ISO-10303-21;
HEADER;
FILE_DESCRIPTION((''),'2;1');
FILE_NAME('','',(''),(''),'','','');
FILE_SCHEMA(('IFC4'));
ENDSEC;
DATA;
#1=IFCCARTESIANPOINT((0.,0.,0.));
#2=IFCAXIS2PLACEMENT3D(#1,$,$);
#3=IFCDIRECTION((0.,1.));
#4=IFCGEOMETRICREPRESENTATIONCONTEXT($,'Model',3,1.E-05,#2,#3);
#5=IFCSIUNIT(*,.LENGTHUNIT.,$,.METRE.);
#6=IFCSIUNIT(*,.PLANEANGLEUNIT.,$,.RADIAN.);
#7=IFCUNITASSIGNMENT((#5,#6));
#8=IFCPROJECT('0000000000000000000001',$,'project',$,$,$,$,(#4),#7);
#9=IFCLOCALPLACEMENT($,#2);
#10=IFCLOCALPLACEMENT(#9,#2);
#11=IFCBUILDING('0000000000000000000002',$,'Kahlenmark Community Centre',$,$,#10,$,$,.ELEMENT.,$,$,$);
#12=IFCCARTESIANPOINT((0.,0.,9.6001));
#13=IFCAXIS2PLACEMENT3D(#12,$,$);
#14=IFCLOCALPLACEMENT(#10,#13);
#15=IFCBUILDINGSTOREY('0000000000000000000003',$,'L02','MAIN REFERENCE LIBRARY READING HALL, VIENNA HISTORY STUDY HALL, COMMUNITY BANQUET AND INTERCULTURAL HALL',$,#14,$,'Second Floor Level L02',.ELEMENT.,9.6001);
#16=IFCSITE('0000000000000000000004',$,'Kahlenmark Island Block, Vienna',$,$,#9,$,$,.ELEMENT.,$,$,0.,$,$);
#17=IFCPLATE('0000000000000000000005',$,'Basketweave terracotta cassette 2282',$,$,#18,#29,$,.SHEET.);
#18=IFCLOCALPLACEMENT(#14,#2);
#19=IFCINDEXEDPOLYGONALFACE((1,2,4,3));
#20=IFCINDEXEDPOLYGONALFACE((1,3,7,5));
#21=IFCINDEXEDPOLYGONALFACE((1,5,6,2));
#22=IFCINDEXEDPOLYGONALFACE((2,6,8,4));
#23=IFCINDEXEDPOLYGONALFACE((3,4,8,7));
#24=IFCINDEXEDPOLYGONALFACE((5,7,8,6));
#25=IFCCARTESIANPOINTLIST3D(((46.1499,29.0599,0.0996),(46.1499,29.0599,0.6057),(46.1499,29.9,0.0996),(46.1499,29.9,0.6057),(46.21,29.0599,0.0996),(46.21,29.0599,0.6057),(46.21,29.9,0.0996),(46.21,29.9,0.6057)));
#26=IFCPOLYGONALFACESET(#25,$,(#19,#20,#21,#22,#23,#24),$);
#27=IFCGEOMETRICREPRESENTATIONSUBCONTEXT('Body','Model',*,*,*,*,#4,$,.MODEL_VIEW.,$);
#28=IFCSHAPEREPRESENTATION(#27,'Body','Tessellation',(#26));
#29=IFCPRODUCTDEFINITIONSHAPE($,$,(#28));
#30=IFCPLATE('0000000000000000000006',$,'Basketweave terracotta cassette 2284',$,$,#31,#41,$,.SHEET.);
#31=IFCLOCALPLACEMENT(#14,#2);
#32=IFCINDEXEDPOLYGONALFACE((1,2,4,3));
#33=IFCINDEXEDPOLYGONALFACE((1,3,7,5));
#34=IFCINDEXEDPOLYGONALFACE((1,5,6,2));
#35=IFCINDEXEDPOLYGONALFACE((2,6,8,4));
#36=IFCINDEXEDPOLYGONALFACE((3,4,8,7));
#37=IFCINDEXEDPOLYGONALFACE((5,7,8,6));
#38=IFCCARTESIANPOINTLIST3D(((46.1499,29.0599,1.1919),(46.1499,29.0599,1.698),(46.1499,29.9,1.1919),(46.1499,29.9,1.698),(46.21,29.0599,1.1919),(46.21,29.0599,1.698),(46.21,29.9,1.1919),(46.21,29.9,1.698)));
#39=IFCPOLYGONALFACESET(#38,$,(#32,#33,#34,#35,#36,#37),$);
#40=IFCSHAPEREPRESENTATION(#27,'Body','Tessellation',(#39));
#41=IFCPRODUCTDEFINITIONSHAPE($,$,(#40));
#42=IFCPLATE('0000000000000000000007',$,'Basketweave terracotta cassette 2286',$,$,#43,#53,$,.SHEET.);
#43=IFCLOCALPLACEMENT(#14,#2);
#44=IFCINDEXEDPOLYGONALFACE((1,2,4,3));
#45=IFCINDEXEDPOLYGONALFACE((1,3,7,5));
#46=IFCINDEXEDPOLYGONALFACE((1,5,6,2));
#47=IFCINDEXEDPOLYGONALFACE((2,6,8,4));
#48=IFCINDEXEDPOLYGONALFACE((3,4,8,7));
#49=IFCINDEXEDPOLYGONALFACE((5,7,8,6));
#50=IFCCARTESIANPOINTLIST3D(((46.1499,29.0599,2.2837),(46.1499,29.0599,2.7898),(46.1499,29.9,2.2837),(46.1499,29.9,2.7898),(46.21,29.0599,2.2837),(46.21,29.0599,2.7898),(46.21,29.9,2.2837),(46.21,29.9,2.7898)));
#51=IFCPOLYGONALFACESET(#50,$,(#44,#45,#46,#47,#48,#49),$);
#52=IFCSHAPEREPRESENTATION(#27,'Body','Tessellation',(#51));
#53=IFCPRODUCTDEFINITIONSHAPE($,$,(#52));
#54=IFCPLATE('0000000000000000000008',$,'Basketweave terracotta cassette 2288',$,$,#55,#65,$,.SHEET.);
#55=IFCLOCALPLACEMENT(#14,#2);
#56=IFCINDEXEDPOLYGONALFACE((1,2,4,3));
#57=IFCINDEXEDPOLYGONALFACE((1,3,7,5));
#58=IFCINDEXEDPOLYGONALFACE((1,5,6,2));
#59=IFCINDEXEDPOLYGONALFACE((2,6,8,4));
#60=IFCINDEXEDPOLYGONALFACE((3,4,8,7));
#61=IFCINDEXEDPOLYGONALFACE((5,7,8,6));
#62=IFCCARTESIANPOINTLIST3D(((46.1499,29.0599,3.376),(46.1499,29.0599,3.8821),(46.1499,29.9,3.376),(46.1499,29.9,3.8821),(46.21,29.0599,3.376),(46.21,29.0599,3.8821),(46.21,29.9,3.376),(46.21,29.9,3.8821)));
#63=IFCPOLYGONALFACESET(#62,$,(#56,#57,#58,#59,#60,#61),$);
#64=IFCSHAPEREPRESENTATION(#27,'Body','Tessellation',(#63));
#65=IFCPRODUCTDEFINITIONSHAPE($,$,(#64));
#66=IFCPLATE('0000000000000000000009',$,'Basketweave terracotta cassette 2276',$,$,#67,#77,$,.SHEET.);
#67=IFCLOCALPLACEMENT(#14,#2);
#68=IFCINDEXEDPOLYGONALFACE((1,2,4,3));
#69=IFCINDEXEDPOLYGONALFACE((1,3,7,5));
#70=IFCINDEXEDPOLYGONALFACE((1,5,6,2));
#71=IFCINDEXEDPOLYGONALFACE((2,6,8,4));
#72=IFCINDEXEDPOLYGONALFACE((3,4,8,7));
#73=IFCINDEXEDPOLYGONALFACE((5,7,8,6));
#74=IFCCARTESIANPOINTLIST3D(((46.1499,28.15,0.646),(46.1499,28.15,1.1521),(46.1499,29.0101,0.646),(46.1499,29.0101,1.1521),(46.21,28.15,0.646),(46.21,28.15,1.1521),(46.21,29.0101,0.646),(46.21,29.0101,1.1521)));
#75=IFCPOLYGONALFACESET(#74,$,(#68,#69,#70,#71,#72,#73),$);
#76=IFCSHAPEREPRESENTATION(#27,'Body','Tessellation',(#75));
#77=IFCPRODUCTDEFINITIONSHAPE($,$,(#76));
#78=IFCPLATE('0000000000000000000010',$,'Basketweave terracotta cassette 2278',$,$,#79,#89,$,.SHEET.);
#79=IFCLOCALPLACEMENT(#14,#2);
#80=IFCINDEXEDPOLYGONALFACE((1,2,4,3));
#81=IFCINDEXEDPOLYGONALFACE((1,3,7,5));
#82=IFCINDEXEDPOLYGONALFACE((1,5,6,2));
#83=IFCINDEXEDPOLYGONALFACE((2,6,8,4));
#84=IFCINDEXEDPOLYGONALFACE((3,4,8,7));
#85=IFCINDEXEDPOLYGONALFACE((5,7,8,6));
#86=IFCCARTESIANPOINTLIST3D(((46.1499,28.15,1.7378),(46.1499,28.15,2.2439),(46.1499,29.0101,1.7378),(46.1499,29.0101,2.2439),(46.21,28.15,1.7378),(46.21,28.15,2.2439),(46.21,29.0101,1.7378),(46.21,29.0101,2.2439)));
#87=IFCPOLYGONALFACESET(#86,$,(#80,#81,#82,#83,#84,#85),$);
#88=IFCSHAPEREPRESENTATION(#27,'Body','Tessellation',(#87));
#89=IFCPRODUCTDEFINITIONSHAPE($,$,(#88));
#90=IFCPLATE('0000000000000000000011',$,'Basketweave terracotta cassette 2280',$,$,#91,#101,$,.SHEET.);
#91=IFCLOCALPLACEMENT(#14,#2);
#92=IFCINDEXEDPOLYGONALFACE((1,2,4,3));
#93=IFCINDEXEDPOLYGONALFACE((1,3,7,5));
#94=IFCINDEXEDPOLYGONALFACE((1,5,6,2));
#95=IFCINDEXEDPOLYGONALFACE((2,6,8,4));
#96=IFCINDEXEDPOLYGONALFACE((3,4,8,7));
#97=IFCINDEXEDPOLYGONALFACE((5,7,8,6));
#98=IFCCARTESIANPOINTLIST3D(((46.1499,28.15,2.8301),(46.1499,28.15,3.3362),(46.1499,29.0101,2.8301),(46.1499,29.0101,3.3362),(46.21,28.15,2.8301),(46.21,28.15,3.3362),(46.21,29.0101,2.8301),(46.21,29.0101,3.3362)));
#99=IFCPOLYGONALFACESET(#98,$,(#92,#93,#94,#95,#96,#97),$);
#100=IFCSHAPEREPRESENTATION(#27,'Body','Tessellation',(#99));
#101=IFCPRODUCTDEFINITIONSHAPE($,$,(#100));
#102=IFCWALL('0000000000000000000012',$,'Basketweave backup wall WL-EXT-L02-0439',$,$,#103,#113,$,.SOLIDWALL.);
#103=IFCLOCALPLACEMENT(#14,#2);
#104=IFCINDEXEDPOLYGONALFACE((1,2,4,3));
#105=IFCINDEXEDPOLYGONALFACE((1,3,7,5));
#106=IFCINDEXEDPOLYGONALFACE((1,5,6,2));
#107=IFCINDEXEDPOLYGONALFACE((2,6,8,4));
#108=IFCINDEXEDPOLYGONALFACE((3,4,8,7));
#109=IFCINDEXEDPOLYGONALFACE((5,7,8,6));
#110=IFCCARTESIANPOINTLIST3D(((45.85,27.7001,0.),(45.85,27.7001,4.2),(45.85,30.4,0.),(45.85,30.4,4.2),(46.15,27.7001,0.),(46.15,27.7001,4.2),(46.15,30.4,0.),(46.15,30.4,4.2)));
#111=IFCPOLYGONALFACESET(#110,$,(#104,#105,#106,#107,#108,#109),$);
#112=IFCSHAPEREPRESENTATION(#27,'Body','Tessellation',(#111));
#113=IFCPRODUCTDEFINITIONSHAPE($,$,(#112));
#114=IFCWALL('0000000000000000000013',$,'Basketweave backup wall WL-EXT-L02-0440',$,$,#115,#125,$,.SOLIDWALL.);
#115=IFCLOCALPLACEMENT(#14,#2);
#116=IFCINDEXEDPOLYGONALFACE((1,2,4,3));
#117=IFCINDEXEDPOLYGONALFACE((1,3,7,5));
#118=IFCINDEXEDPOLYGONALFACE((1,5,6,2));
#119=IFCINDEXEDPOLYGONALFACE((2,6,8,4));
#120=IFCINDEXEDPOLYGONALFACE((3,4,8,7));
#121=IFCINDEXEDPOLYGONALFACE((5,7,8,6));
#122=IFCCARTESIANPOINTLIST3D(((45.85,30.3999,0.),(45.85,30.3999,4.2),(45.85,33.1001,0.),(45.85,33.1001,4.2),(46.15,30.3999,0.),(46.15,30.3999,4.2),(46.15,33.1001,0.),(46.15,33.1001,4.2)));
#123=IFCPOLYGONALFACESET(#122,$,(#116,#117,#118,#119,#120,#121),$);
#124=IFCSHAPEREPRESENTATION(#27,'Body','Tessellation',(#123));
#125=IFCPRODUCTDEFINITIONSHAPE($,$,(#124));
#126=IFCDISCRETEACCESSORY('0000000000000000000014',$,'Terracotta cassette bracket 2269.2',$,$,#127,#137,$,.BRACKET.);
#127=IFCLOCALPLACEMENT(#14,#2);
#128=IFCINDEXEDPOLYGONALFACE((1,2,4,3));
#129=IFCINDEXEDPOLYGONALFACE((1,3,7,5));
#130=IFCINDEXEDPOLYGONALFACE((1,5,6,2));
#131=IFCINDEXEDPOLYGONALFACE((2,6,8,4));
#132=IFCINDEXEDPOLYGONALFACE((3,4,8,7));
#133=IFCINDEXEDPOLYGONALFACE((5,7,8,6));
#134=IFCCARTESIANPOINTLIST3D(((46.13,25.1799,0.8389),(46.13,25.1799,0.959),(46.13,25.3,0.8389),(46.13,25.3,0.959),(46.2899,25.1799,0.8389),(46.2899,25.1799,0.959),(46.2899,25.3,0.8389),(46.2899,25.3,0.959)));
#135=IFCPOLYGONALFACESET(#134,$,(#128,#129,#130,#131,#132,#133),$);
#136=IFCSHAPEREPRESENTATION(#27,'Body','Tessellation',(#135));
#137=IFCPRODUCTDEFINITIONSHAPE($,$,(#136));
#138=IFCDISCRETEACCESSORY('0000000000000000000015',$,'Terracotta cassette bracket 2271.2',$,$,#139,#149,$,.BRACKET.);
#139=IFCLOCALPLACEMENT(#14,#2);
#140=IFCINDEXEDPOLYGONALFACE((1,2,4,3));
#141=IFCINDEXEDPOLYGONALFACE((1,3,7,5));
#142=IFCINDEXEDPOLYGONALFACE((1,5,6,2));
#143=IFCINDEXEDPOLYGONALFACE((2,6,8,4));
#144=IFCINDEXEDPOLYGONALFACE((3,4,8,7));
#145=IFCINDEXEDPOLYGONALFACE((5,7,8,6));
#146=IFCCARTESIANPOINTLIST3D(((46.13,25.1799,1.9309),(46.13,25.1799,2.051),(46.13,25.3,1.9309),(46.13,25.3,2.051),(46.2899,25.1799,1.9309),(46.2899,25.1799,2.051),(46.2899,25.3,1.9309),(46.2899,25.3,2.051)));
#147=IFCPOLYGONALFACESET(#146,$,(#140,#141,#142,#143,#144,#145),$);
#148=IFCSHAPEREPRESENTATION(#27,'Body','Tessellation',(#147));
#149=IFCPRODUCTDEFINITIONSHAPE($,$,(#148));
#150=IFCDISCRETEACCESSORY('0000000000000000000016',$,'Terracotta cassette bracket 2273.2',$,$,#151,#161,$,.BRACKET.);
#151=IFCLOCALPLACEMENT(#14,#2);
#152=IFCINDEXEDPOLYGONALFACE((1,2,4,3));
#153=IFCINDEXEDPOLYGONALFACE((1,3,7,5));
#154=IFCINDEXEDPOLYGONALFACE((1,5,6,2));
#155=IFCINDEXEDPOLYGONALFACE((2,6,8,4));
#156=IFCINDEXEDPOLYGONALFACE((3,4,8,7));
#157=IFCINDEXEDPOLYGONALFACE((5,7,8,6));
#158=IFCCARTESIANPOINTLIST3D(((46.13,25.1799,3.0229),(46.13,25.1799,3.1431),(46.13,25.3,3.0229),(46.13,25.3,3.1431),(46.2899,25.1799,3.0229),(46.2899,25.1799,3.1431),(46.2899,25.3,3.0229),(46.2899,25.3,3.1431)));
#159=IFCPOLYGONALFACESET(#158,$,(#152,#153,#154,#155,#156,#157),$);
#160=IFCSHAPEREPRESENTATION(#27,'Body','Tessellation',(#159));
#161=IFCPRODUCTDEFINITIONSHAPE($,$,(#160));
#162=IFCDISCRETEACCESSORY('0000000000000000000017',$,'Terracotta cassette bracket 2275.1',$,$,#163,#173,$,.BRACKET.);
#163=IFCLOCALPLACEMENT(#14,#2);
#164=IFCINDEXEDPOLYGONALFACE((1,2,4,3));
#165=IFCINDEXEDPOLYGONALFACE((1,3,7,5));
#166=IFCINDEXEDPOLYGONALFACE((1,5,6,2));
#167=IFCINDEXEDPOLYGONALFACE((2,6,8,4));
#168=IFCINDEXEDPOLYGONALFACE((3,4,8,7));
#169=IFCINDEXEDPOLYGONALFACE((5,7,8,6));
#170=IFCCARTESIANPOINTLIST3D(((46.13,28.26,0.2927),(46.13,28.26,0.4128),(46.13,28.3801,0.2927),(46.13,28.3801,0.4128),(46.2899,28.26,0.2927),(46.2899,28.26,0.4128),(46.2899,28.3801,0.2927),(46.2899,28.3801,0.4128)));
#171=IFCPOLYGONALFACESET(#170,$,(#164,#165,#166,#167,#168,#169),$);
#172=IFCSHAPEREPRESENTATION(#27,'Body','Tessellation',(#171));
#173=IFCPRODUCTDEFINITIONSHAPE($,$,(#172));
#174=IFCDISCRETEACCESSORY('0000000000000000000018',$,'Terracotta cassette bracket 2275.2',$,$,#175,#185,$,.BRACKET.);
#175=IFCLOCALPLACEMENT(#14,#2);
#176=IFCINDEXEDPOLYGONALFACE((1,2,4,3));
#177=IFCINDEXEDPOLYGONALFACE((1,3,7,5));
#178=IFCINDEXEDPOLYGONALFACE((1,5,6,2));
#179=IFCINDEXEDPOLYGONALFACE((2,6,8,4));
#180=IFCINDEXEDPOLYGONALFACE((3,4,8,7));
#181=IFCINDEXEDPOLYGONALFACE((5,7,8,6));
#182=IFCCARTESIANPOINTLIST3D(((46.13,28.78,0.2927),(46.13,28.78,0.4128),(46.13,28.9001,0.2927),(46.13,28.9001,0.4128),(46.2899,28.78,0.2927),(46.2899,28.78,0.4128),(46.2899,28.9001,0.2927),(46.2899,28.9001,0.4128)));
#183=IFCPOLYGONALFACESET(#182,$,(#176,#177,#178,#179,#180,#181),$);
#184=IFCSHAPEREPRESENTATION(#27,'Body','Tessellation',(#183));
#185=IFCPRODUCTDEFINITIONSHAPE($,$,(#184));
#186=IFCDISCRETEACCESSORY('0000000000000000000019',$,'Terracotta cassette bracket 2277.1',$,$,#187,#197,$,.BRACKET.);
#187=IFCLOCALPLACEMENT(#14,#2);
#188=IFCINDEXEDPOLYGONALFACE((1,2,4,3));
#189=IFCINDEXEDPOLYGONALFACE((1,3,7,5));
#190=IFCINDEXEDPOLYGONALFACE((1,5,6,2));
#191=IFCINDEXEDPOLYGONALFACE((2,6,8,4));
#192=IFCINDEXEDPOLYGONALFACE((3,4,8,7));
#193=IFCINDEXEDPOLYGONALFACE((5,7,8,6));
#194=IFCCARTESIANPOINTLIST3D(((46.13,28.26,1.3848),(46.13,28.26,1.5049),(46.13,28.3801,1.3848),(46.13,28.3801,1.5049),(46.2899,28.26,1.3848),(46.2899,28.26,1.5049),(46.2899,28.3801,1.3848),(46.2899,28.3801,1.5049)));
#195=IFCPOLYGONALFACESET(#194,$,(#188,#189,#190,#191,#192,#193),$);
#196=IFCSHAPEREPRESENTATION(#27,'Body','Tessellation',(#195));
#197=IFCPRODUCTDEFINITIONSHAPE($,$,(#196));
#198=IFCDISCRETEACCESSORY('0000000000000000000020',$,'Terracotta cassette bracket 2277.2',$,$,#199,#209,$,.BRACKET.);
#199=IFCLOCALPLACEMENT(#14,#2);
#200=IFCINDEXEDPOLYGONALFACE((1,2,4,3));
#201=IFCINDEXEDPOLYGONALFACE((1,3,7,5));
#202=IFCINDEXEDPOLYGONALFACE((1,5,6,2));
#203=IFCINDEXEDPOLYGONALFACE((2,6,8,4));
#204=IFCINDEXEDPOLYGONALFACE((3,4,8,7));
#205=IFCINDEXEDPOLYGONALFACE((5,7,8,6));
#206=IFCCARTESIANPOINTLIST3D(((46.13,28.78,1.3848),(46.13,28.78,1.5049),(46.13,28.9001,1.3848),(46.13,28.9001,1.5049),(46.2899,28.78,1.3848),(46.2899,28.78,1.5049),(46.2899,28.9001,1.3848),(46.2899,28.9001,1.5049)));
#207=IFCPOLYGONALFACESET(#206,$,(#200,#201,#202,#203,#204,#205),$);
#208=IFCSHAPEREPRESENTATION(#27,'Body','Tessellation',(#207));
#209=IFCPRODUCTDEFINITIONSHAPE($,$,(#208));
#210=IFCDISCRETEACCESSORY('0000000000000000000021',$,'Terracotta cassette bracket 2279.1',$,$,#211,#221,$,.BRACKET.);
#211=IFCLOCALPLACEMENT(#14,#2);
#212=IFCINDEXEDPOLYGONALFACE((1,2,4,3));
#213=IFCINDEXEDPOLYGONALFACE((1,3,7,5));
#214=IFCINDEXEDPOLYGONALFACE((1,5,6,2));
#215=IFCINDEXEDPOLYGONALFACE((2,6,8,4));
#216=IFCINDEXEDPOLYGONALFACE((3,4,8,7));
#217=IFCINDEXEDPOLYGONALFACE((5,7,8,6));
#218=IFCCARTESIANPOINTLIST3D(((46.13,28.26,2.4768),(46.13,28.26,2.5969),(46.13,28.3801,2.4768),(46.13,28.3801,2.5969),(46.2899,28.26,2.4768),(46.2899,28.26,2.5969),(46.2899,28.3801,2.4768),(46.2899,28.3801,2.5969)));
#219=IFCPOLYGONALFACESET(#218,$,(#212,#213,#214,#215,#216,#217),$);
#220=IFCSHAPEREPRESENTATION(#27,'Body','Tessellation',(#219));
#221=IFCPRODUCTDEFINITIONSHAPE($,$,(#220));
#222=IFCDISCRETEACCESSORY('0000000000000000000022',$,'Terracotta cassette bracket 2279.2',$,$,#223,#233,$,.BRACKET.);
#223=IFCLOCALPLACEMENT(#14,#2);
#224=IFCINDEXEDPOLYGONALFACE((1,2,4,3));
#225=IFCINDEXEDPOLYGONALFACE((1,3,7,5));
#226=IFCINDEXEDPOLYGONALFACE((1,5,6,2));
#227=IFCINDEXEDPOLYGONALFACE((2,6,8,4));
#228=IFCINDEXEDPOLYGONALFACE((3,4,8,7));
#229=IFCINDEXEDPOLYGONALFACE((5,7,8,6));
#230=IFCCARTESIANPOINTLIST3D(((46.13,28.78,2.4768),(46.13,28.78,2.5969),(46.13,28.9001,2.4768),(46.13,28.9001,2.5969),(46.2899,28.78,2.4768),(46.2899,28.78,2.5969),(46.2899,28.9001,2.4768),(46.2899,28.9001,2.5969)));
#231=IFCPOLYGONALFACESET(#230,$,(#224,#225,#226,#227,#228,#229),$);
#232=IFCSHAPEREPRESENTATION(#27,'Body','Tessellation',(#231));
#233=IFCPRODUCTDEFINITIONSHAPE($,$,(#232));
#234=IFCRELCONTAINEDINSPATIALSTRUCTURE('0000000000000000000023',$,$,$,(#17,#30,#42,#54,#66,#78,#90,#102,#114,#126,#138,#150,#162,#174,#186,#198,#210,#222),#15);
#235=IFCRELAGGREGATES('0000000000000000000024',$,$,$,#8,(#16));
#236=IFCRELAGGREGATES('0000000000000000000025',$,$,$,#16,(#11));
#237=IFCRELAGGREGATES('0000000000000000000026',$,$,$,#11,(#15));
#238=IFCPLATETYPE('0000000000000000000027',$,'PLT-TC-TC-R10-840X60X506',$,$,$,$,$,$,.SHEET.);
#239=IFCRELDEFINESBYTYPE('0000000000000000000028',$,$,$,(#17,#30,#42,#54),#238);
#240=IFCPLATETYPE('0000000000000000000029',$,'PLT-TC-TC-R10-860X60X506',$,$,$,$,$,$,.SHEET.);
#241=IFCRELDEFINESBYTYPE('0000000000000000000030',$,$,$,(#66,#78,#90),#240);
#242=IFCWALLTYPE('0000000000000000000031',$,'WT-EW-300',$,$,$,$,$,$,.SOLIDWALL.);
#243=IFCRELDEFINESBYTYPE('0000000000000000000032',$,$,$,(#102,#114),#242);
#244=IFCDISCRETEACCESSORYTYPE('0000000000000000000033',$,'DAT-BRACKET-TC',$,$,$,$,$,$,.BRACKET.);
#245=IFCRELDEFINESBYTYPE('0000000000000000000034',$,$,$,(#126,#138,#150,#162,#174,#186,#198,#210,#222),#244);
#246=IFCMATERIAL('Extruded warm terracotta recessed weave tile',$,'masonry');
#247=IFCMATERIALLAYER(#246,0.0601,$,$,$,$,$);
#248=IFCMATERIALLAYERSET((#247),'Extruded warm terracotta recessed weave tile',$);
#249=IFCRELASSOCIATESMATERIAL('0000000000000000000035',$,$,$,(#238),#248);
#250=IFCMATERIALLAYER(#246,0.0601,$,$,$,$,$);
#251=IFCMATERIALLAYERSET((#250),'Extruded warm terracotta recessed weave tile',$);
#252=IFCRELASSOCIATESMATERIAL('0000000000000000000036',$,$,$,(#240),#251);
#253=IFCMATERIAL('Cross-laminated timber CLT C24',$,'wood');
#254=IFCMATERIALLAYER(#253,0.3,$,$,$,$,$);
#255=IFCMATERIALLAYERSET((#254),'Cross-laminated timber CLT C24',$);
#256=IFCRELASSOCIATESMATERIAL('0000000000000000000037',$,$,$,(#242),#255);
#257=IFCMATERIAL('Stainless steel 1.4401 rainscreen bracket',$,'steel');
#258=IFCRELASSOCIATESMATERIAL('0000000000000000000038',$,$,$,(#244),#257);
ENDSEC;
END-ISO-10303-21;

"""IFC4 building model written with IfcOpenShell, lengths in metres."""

from ifc_helpers import new_model, si_unit, direction, frame, frame_2d, origin, origin_2d, place, context, subcontext, project, spatial, rectangle, extrude, material, layer, layer_set, type_object, element, save


model = new_model("IFC4")

# Units and contexts
model_context = context("Model", 3, precision=1e-05, world=origin(), true_north=direction((0.0, 1.0)))
body_context = subcontext(model_context, "Body", "Model", "MODEL_VIEW")
ifc_project = project(units=[si_unit("LENGTHUNIT", "METRE"), si_unit("PLANEANGLEUNIT", "RADIAN")], contexts=[model_context])

# Site, building, storey
site_placement = place(None, origin())
site = spatial("IfcSite", under=ifc_project, at=site_placement, Name="Kahlenmark Island Block, Vienna", CompositionType="ELEMENT", RefElevation=0.0)
building_placement = place(site_placement, origin())
building = spatial("IfcBuilding", under=site, at=building_placement, Name="Kahlenmark Community Centre", CompositionType="ELEMENT")
storey_placement = place(building_placement, frame((0.0, 0.0, 9.6001)))
storey = spatial("IfcBuildingStorey", under=building, at=storey_placement, Name="L02", Description="MAIN REFERENCE LIBRARY READING HALL, VIENNA HISTORY STUDY HALL, COMMUNITY BANQUET AND INTERCULTURAL HALL", LongName="Second Floor Level L02", CompositionType="ELEMENT", Elevation=9.6001)

# Plates
ifc_material_1 = material(Name="Extruded warm terracotta recessed weave tile", Category="masonry")
ifc_layer_1 = layer(ifc_material_1, 0.0601)
ifc_layer_set_1 = layer_set([ifc_layer_1], Name="Extruded warm terracotta recessed weave tile")
plate_type_1 = type_object("IfcPlateType", Name="PLT-TC-TC-R10-840X60X506", PredefinedType="SHEET", material=ifc_layer_set_1)
for number, where, z_axis, x_axis, name in (
    (1, (46.1799, 29.48, 0.0996), (0.0, 0.0, 1.0), (0.0, 1.0, 0.0), "Basketweave terracotta cassette 2282"),
    (2, (46.1799, 29.48, 1.1919), (0.0, 0.0, 1.0), (0.0, 1.0, 0.0), "Basketweave terracotta cassette 2284"),
    (3, (46.1799, 29.48, 2.2837), (0.0, 0.0, 1.0), (0.0, 1.0, 0.0), "Basketweave terracotta cassette 2286"),
    (4, (46.1799, 29.48, 3.376), (0.0, 0.0, 1.0), (0.0, 1.0, 0.0), "Basketweave terracotta cassette 2288"),
):
    element("IfcPlate", number, at=place(storey_placement, frame(where, z_axis=z_axis, x_axis=x_axis)), inside=storey, type_object=plate_type_1, Name=name, PredefinedType="SHEET", context=body_context, shape_type="SweptSolid", body=[
        extrude(rectangle(XDim=0.8401, YDim=0.0601, at=origin_2d()), origin(), (0.0, 0.0, 1.0), 0.5061),
    ])
ifc_layer_2 = layer(ifc_material_1, 0.0601)
ifc_layer_set_2 = layer_set([ifc_layer_2], Name="Extruded warm terracotta recessed weave tile")
plate_type_2 = type_object("IfcPlateType", Name="PLT-TC-TC-R10-860X60X506", PredefinedType="SHEET", material=ifc_layer_set_2)
for number, where, z_axis, x_axis, name in (
    (5, (46.1799, 28.5801, 0.646), (0.0, 0.0, 1.0), (0.0, 1.0, 0.0), "Basketweave terracotta cassette 2276"),
    (6, (46.1799, 28.5801, 1.7378), (0.0, 0.0, 1.0), (0.0, 1.0, 0.0), "Basketweave terracotta cassette 2278"),
    (7, (46.1799, 28.5801, 2.8301), (0.0, 0.0, 1.0), (0.0, 1.0, 0.0), "Basketweave terracotta cassette 2280"),
):
    element("IfcPlate", number, at=place(storey_placement, frame(where, z_axis=z_axis, x_axis=x_axis)), inside=storey, type_object=plate_type_2, Name=name, PredefinedType="SHEET", context=body_context, shape_type="SweptSolid", body=[
        extrude(rectangle(XDim=0.8601, YDim=0.0601, at=origin_2d()), origin(), (0.0, 0.0, 1.0), 0.5061),
    ])

# Walls
ifc_material_2 = material(Name="Cross-laminated timber CLT C24", Category="wood")
ifc_layer_3 = layer(ifc_material_2, 0.3)
ifc_layer_set_3 = layer_set([ifc_layer_3], Name="Cross-laminated timber CLT C24")
wall_type = type_object("IfcWallType", Name="WT-EW-300", PredefinedType="SOLIDWALL", material=ifc_layer_set_3)
wall_1_placement = place(storey_placement, frame((46.0, 27.7, 0.0), z_axis=(0.0, 0.0, 1.0), x_axis=(0.0, 1.0, 0.0)))
element("IfcWall", 8, at=wall_1_placement, inside=storey, type_object=wall_type, Name="Basketweave backup wall WL-EXT-L02-0439", PredefinedType="SOLIDWALL", context=body_context, shape_type="SweptSolid", body=[
    extrude(rectangle(XDim=2.7, YDim=0.3, at=frame_2d((1.3501, 0.0))), origin(), (0.0, 0.0, 1.0), 4.2),
])
wall_2_placement = place(storey_placement, frame((46.0, 30.3999, 0.0), z_axis=(0.0, 0.0, 1.0), x_axis=(0.0, 1.0, 0.0)))
element("IfcWall", 9, at=wall_2_placement, inside=storey, type_object=wall_type, Name="Basketweave backup wall WL-EXT-L02-0440", PredefinedType="SOLIDWALL", context=body_context, shape_type="SweptSolid", body=[
    extrude(rectangle(XDim=2.7002, YDim=0.3, at=frame_2d((1.3501, 0.0))), origin(), (0.0, 0.0, 1.0), 4.2),
])

# Discrete accessories
ifc_material_3 = material(Name="Stainless steel 1.4401 rainscreen bracket", Category="steel")
discrete_accessory_type = type_object("IfcDiscreteAccessoryType", Name="DAT-BRACKET-TC", PredefinedType="BRACKET", material=ifc_material_3)
for number, where, z_axis, x_axis, name in (
    (10, (46.21, 25.24, 0.8389), (0.0, 0.0, 1.0), (0.0, 1.0, 0.0), "Terracotta cassette bracket 2269.2"),
    (11, (46.21, 25.24, 1.9309), (0.0, 0.0, 1.0), (0.0, 1.0, 0.0), "Terracotta cassette bracket 2271.2"),
    (12, (46.21, 25.24, 3.0229), (0.0, 0.0, 1.0), (0.0, 1.0, 0.0), "Terracotta cassette bracket 2273.2"),
    (13, (46.21, 28.3201, 0.2927), (0.0, 0.0, 1.0), (0.0, 1.0, 0.0), "Terracotta cassette bracket 2275.1"),
    (14, (46.21, 28.8401, 0.2927), (0.0, 0.0, 1.0), (0.0, 1.0, 0.0), "Terracotta cassette bracket 2275.2"),
    (15, (46.21, 28.3201, 1.3848), (0.0, 0.0, 1.0), (0.0, 1.0, 0.0), "Terracotta cassette bracket 2277.1"),
    (16, (46.21, 28.8401, 1.3848), (0.0, 0.0, 1.0), (0.0, 1.0, 0.0), "Terracotta cassette bracket 2277.2"),
    (17, (46.21, 28.3201, 2.4768), (0.0, 0.0, 1.0), (0.0, 1.0, 0.0), "Terracotta cassette bracket 2279.1"),
    (18, (46.21, 28.8401, 2.4768), (0.0, 0.0, 1.0), (0.0, 1.0, 0.0), "Terracotta cassette bracket 2279.2"),
):
    element("IfcDiscreteAccessory", number, at=place(storey_placement, frame(where, z_axis=z_axis, x_axis=x_axis)), inside=storey, type_object=discrete_accessory_type, Name=name, PredefinedType="BRACKET", context=body_context, shape_type="SweptSolid", body=[
        extrude(rectangle(XDim=0.1201, YDim=0.1599, at=origin_2d()), origin(), (0.0, 0.0, 1.0), 0.1201),
    ])

save(model, "model.ifc")
